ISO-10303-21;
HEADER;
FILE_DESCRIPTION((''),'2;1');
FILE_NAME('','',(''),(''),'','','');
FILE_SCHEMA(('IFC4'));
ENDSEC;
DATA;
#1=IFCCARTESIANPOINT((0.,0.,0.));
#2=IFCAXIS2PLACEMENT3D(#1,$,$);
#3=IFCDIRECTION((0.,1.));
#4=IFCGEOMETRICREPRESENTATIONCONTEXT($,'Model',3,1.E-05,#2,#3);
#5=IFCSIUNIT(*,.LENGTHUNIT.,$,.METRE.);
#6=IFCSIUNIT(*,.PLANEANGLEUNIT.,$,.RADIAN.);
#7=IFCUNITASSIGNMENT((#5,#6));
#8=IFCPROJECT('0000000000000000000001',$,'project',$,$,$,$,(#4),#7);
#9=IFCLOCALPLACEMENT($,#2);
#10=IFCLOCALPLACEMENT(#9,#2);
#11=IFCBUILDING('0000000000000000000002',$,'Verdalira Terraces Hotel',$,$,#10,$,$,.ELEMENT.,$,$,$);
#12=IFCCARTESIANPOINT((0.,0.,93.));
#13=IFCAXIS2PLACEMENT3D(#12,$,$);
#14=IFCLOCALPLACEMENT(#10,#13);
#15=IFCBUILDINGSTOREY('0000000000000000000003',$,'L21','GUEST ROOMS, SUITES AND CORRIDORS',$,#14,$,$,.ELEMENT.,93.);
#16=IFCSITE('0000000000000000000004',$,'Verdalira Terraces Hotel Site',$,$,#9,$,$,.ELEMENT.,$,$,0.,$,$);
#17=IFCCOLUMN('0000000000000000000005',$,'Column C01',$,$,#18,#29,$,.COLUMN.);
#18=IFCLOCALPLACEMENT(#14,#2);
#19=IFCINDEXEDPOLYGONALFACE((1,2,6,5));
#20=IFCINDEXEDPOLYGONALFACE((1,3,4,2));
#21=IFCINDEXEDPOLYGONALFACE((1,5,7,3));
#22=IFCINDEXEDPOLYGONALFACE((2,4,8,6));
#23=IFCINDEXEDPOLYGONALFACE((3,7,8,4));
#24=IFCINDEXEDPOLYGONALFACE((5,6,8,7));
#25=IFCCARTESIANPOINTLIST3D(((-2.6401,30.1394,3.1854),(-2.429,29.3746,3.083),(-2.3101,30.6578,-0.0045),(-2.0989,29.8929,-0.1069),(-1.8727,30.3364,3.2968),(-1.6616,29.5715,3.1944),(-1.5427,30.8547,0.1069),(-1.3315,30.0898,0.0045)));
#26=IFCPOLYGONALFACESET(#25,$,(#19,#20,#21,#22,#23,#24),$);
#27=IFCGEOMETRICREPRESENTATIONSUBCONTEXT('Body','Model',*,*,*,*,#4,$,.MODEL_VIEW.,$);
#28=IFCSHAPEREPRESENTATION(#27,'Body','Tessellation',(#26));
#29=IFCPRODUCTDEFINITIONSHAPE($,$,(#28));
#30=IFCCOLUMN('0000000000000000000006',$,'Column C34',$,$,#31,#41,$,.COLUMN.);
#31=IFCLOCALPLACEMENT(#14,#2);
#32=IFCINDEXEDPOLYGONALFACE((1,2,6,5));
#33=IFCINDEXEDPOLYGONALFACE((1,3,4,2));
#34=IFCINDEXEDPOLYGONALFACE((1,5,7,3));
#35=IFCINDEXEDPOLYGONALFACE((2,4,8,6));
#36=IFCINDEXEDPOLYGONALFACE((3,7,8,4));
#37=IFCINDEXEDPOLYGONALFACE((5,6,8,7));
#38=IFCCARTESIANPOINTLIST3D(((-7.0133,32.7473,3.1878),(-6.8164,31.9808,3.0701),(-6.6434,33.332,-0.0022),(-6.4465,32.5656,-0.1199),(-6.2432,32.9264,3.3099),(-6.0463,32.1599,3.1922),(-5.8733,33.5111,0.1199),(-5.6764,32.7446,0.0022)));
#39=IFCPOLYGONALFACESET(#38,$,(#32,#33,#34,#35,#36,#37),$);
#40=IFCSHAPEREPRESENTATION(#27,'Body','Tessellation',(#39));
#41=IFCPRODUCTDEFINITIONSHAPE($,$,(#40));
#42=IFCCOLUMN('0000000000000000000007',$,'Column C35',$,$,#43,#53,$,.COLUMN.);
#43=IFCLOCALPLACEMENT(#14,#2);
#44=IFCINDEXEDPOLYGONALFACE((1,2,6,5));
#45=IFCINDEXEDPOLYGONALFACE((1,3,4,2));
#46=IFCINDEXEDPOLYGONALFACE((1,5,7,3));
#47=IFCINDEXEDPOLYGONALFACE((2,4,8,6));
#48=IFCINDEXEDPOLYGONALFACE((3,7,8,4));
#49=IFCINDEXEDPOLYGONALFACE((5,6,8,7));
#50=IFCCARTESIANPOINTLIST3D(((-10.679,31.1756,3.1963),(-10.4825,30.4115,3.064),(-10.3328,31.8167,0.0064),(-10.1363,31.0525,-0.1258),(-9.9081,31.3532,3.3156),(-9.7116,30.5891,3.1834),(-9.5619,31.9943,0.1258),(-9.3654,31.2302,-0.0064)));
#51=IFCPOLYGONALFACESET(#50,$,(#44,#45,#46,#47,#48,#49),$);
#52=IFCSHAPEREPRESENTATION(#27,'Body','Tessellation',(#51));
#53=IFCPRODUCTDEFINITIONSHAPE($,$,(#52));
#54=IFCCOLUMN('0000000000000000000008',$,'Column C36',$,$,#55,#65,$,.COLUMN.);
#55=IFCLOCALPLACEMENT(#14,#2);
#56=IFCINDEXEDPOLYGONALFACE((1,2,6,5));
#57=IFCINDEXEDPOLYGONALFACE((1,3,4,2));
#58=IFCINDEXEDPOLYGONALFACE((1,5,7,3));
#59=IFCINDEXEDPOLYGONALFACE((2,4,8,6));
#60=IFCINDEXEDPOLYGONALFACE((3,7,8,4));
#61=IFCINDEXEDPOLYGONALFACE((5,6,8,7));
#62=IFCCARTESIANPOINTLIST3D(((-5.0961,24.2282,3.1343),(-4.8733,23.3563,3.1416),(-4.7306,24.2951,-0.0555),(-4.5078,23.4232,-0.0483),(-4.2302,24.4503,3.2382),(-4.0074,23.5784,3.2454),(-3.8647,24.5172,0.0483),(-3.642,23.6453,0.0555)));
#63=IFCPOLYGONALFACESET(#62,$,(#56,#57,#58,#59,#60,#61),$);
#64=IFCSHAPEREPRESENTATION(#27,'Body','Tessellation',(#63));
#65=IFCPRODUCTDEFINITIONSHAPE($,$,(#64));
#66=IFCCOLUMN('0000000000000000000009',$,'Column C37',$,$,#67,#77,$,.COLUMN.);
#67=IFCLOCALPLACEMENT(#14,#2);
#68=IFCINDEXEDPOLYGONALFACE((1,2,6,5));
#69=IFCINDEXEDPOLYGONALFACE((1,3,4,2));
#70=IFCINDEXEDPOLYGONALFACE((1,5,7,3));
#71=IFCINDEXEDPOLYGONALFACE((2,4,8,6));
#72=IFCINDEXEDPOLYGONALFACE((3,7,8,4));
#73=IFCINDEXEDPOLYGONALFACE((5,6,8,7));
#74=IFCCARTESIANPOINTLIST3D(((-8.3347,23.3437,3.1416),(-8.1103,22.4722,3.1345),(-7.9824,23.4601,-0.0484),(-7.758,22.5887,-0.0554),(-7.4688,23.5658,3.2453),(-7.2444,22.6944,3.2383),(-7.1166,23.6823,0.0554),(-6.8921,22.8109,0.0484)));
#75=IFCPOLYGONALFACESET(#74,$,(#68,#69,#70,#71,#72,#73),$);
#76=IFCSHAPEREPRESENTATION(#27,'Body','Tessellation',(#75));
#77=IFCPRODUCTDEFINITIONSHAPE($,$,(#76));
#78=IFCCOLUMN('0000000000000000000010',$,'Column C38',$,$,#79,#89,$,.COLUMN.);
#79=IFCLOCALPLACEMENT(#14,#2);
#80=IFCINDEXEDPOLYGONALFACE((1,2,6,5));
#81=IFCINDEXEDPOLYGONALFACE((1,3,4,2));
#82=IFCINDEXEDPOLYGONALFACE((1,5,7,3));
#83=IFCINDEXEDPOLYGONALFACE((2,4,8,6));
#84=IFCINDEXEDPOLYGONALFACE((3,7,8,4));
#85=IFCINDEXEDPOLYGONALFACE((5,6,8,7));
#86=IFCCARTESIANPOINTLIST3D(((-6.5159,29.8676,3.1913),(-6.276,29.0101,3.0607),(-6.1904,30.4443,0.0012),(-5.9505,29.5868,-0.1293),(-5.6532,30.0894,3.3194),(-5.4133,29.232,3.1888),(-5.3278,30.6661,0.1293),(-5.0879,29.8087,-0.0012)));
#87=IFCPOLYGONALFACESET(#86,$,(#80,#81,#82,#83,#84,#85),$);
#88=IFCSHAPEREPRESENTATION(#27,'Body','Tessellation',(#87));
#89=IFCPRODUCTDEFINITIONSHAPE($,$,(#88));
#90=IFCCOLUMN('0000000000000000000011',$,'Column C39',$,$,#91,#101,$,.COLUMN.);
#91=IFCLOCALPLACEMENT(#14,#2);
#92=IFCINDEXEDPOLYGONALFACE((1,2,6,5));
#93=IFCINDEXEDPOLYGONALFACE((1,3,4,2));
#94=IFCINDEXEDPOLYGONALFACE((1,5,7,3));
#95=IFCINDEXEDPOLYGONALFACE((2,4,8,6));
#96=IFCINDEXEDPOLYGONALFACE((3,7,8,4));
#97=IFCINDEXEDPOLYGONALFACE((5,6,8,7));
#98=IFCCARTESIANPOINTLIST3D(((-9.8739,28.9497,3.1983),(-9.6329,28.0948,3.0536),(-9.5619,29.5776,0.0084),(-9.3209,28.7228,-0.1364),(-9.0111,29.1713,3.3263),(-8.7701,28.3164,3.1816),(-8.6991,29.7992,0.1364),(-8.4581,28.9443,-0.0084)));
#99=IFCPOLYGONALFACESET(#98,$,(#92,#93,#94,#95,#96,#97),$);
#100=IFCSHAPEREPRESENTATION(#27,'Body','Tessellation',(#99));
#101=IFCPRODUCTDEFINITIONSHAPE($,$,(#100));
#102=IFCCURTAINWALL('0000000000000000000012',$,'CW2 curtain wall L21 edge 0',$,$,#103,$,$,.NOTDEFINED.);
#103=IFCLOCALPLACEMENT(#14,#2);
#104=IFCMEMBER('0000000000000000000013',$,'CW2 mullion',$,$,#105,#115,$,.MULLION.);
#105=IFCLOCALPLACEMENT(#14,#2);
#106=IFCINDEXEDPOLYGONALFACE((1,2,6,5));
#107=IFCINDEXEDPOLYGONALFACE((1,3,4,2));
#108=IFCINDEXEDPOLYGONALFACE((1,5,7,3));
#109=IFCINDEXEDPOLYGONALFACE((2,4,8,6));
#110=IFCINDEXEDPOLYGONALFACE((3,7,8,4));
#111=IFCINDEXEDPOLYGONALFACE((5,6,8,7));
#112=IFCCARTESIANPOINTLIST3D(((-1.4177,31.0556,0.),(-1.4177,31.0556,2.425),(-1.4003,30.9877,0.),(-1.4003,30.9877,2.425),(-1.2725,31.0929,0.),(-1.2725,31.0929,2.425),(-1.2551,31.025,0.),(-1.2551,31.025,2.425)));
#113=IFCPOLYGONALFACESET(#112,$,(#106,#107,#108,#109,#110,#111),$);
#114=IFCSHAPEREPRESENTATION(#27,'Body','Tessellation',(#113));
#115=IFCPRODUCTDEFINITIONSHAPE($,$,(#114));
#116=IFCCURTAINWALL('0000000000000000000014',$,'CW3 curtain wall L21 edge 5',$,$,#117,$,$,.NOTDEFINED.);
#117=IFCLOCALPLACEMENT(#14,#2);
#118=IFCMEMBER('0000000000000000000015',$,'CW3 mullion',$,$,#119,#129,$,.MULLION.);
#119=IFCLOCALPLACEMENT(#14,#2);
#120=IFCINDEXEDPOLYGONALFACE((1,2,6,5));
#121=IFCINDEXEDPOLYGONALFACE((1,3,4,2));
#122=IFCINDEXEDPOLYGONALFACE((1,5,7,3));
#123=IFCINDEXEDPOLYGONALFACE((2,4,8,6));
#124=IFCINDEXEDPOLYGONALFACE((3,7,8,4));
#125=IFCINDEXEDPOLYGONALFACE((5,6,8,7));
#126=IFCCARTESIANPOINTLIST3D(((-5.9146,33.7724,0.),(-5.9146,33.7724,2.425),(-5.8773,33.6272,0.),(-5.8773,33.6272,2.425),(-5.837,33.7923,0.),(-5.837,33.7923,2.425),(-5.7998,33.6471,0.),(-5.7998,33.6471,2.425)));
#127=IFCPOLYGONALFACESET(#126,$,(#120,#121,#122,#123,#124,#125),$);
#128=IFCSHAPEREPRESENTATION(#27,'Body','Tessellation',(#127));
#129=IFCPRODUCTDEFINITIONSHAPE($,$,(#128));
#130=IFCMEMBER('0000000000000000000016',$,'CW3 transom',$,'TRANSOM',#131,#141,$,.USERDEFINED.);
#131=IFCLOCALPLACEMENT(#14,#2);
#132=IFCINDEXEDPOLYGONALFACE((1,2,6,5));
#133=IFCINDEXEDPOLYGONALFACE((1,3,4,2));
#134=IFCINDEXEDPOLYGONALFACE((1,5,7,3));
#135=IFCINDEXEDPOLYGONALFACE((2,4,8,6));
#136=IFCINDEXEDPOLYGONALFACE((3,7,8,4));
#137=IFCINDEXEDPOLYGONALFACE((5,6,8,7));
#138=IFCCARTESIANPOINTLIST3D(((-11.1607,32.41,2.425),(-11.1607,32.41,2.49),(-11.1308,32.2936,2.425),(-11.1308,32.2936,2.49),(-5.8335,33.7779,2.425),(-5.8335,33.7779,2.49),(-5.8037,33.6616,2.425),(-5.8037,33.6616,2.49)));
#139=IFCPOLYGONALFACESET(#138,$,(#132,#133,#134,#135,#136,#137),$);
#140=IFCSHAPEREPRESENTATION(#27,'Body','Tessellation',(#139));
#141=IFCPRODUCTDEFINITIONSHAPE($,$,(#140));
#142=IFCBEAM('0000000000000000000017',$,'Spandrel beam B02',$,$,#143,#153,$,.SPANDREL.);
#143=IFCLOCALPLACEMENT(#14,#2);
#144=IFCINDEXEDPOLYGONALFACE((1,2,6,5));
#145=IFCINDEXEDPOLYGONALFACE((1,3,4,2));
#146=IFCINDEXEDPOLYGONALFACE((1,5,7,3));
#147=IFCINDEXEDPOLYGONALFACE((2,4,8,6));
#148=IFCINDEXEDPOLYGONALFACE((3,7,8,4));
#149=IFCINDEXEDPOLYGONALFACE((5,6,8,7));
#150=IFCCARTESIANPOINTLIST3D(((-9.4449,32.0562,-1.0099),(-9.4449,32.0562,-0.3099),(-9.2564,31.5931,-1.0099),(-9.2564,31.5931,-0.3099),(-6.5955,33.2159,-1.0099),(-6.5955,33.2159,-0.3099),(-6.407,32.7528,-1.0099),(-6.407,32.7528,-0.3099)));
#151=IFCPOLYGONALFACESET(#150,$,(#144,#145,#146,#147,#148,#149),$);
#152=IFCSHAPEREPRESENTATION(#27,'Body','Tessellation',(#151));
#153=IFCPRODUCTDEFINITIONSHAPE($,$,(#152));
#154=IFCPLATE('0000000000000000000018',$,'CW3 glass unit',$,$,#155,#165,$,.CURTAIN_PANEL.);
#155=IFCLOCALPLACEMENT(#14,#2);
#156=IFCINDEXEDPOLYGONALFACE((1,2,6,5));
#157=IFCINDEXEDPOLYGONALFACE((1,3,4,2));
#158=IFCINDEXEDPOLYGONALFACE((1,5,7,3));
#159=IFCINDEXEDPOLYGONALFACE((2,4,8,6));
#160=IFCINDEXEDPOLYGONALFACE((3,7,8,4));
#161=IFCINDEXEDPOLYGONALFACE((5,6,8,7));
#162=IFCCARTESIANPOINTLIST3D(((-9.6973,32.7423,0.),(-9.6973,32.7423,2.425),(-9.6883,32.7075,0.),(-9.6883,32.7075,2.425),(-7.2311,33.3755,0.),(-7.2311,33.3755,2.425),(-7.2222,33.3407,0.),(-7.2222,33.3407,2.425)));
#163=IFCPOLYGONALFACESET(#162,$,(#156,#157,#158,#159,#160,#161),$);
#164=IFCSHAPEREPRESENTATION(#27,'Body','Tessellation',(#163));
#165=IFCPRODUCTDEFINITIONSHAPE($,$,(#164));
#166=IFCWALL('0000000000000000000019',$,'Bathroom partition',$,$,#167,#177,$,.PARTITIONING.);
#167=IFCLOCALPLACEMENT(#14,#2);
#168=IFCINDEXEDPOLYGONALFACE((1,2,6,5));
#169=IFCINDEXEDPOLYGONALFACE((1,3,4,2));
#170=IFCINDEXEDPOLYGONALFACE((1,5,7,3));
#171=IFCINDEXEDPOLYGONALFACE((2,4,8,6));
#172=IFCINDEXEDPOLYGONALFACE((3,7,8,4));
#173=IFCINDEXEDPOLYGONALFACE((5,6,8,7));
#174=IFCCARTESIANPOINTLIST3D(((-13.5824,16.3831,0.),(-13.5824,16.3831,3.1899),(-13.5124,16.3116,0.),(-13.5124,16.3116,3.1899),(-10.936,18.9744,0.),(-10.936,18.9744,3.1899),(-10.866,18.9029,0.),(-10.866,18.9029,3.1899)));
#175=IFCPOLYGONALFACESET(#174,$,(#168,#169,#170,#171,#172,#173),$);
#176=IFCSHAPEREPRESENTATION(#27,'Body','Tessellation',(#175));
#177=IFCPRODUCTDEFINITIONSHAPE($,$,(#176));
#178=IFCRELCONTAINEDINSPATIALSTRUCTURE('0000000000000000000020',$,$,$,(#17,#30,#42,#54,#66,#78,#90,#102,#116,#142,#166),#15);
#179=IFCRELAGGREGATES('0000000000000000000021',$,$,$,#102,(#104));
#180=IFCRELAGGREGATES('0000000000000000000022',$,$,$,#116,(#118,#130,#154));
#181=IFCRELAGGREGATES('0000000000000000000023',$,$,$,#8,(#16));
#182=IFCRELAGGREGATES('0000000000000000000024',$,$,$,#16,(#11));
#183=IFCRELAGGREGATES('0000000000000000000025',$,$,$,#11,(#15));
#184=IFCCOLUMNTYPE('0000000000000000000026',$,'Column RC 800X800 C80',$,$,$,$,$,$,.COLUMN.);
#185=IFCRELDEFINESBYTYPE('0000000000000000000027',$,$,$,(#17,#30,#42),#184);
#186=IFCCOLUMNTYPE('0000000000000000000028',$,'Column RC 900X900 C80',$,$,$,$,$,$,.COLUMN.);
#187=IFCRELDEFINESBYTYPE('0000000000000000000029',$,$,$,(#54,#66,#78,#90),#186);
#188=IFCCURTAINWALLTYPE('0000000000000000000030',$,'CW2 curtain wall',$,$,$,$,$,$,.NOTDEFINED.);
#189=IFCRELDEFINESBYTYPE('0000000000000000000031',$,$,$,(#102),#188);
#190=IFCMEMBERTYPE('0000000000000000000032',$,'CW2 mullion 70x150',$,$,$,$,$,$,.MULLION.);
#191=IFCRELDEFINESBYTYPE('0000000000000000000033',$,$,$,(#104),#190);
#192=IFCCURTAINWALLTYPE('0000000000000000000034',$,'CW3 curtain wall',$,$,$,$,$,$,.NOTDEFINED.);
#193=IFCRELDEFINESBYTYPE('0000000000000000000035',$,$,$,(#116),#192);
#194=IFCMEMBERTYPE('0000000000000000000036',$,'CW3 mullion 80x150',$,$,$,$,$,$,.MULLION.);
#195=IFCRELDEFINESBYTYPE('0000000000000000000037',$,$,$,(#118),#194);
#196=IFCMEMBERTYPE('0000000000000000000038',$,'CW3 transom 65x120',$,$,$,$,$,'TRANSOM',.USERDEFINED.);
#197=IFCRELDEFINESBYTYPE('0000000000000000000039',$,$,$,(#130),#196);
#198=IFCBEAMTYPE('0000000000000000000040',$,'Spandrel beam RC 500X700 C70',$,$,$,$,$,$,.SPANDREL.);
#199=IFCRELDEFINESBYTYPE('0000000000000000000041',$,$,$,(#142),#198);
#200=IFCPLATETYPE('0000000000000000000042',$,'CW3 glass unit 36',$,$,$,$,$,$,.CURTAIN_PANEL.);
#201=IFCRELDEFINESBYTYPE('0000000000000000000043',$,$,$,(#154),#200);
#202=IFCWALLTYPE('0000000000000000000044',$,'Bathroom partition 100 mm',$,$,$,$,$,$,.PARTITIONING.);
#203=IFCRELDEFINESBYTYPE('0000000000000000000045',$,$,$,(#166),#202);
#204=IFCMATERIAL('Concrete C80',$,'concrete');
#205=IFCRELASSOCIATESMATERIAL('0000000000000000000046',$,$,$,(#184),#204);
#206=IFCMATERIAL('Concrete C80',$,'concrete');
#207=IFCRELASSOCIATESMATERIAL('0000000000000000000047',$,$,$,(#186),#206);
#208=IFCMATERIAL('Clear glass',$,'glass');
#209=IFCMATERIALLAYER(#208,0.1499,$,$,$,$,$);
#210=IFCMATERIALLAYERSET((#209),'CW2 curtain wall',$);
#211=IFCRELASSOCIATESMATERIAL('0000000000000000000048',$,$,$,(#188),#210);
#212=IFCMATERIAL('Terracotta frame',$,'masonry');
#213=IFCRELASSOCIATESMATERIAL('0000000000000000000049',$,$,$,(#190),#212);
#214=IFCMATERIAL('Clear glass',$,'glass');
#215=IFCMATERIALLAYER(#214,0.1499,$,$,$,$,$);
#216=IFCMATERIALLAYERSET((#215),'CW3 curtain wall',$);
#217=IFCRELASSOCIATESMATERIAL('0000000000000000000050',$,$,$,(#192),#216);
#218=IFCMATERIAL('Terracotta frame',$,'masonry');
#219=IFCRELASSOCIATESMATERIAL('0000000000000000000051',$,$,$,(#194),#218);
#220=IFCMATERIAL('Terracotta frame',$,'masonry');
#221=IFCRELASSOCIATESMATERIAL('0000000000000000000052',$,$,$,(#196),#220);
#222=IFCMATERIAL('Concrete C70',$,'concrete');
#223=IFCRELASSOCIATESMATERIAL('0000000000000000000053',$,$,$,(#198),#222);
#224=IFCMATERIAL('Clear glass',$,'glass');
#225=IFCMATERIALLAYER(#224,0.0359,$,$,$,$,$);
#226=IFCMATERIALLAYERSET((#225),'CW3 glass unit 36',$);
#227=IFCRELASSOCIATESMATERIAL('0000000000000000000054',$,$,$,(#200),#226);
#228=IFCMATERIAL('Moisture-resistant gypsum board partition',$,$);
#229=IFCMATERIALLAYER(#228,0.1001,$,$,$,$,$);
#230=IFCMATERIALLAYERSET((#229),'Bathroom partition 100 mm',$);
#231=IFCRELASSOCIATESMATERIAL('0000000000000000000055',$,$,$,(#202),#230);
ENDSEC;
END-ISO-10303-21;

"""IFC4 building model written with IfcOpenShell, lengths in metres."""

from ifc_helpers import new_model, si_unit, direction, frame, frame_2d, origin, origin_2d, place, context, subcontext, project, spatial, rectangle, extrude, material, layer, layer_set, material_profile, profile_set, type_object, element, aggregate, save


model = new_model("IFC4")

# Units and contexts
model_context = context("Model", 3, precision=1e-05, world=origin(), true_north=direction((0.0, 1.0)))
body_context = subcontext(model_context, "Body", "Model", "MODEL_VIEW")
ifc_project = project(units=[si_unit("LENGTHUNIT", "METRE"), si_unit("PLANEANGLEUNIT", "RADIAN")], contexts=[model_context])

# Site, building, storey
site_placement = place(None, origin())
site = spatial("IfcSite", under=ifc_project, at=site_placement, Name="Verdalira Terraces Hotel Site", CompositionType="ELEMENT", RefElevation=0.0)
building_placement = place(site_placement, origin())
building = spatial("IfcBuilding", under=site, at=building_placement, Name="Verdalira Terraces Hotel", CompositionType="ELEMENT")
storey_placement = place(building_placement, frame((0.0, 0.0, 93.0)))
storey = spatial("IfcBuildingStorey", under=building, at=storey_placement, Name="L21", Description="GUEST ROOMS, SUITES AND CORRIDORS", CompositionType="ELEMENT", Elevation=93.0)

# Columns
ifc_material_1 = material(Name="Concrete C80", Category="concrete")
ifc_material_profile_1 = material_profile(ifc_material_1, rectangle(XDim=0.8, YDim=0.8, at=origin_2d()), Name="RC 800X800")
ifc_profile_set_1 = profile_set([ifc_material_profile_1], Name="Concrete C80")
column_type_1 = type_object("IfcColumnType", Name="Column RC 800X800 C80", PredefinedType="COLUMN", material=ifc_profile_set_1)
column_1_placement = place(storey_placement, frame((-1.8208, 30.3738, 0.0), z_axis=(-0.101607, -0.159549, 0.981947), x_axis=(-0.2639, 0.956015, 0.128029)))
element("IfcColumn", 1, at=column_1_placement, inside=storey, type_object=column_type_1, Name="Column C01", PredefinedType="COLUMN", context=body_context, shape_type="SweptSolid", body=[
    extrude(rectangle(XDim=0.8, YDim=0.8, at=origin_2d()), origin(), (0.0, 0.0, 1.0), 3.2485),
])
column_2_placement = place(storey_placement, frame((-6.1599, 33.0383, 0.0), z_axis=(-0.113315, -0.179135, 0.977277), x_axis=(-0.962594, -0.223856, -0.152645)))
element("IfcColumn", 2, at=column_2_placement, inside=storey, type_object=column_type_1, Name="Column C34", PredefinedType="COLUMN", context=body_context, shape_type="SweptSolid", body=[
    extrude(rectangle(XDim=0.8, YDim=0.8, at=origin_2d()), origin(), (0.0, 0.0, 1.0), 3.2642),
])
column_3_placement = place(storey_placement, frame((-9.8491, 31.5234, 0.0), z_axis=(-0.105801, -0.195934, 0.974893), x_axis=(-0.963565, -0.222003, -0.14919)))
element("IfcColumn", 3, at=column_3_placement, inside=storey, type_object=column_type_1, Name="Column C35", PredefinedType="COLUMN", context=body_context, shape_type="SweptSolid", body=[
    extrude(rectangle(XDim=0.8, YDim=0.8, at=origin_2d()), origin(), (0.0, 0.0, 1.0), 3.272),
])
ifc_material_2 = material(Name="Concrete C80", Category="concrete")
ifc_material_profile_2 = material_profile(ifc_material_2, rectangle(XDim=0.8999, YDim=0.8999, at=origin_2d()), Name="RC 900X900")
ifc_profile_set_2 = profile_set([ifc_material_profile_2], Name="Concrete C80")
column_type_2 = type_object("IfcColumnType", Name="Column RC 900X900 C80", PredefinedType="COLUMN", material=ifc_profile_set_2)
for number, where, z_axis, x_axis, name in (
    (4, (-4.1863, 23.9702, 0.0), (-0.113803, -0.02083, 0.993285), (-0.247536, 0.968845, -0.008044), "Column C36"),
    (5, (-7.4373, 23.1355, 0.0), (-0.1097, -0.036262, 0.993303), (-0.249412, 0.968366, 0.007807), "Column C37"),
):
    element("IfcColumn", number, at=place(storey_placement, frame(where, z_axis=z_axis, x_axis=x_axis)), inside=storey, type_object=column_type_2, Name=name, PredefinedType="COLUMN", context=body_context, shape_type="SweptSolid", body=[
        extrude(rectangle(XDim=0.8999, YDim=0.8999, at=origin_2d()), origin(), (0.0, 0.0, 1.0), 3.2114),
    ])
column_4_placement = place(storey_placement, frame((-5.6392, 30.1265, 0.0), z_axis=(-0.099891, -0.177001, 0.979128), x_axis=(-0.266598, 0.952831, 0.145049)))
element("IfcColumn", 6, at=column_4_placement, inside=storey, type_object=column_type_2, Name="Column C38", PredefinedType="COLUMN", context=body_context, shape_type="SweptSolid", body=[
    extrude(rectangle(XDim=0.8999, YDim=0.8999, at=origin_2d()), origin(), (0.0, 0.0, 1.0), 3.2581),
])
column_5_placement = place(storey_placement, frame((-9.01, 29.261, 0.0), z_axis=(-0.095531, -0.192257, 0.976684), x_axis=(-0.267804, 0.94996, 0.160802)))
element("IfcColumn", 7, at=column_5_placement, inside=storey, type_object=column_type_2, Name="Column C39", PredefinedType="COLUMN", context=body_context, shape_type="SweptSolid", body=[
    extrude(rectangle(XDim=0.8999, YDim=0.8999, at=origin_2d()), origin(), (0.0, 0.0, 1.0), 3.2661),
])

# Curtain wall, member
ifc_material_3 = material(Name="Clear glass", Category="glass")
ifc_layer_1 = layer(ifc_material_3, 0.1499)
ifc_layer_set_1 = layer_set([ifc_layer_1], Name="CW2 curtain wall")
curtain_wall_type_1 = type_object("IfcCurtainWallType", Name="CW2 curtain wall", PredefinedType="NOTDEFINED", material=ifc_layer_set_1)
curtain_wall_1_placement = place(storey_placement, origin())
curtain_wall_1 = element("IfcCurtainWall", 8, at=curtain_wall_1_placement, inside=storey, type_object=curtain_wall_type_1, Name="CW2 curtain wall L21 edge 0", PredefinedType="NOTDEFINED")
ifc_material_4 = material(Name="Terracotta frame", Category="masonry")
ifc_material_profile_3 = material_profile(ifc_material_4, rectangle(XDim=0.0701, YDim=0.1499, at=origin_2d()), Name="MU 70x150")
ifc_profile_set_3 = profile_set([ifc_material_profile_3], Name="Terracotta frame")
member_type_1 = type_object("IfcMemberType", Name="CW2 mullion 70x150", PredefinedType="MULLION", material=ifc_profile_set_3)
member_1_placement = place(storey_placement, frame((-1.3364, 31.0403, 0.0), z_axis=(0.0, 0.0, 1.0), x_axis=(-0.24869, 0.968583, 0.0)))
member_1 = element("IfcMember", 9, at=member_1_placement, type_object=member_type_1, Name="CW2 mullion", PredefinedType="MULLION", context=body_context, shape_type="SweptSolid", body=[
    extrude(rectangle(XDim=0.0701, YDim=0.1499, at=origin_2d()), origin(), (0.0, 0.0, 1.0), 2.425),
])
aggregate(curtain_wall_1, [member_1])

# Curtain wall, members
ifc_material_5 = material(Name="Clear glass", Category="glass")
ifc_layer_2 = layer(ifc_material_5, 0.1499)
ifc_layer_set_2 = layer_set([ifc_layer_2], Name="CW3 curtain wall")
curtain_wall_type_2 = type_object("IfcCurtainWallType", Name="CW3 curtain wall", PredefinedType="NOTDEFINED", material=ifc_layer_set_2)
curtain_wall_2_placement = place(storey_placement, origin())
curtain_wall_2 = element("IfcCurtainWall", 10, at=curtain_wall_2_placement, inside=storey, type_object=curtain_wall_type_2, Name="CW3 curtain wall L21 edge 5", PredefinedType="NOTDEFINED")
ifc_material_6 = material(Name="Terracotta frame", Category="masonry")
ifc_material_profile_4 = material_profile(ifc_material_6, rectangle(XDim=0.0801, YDim=0.1499, at=origin_2d()), Name="MU 80x150")
ifc_profile_set_4 = profile_set([ifc_material_profile_4], Name="Terracotta frame")
member_type_2 = type_object("IfcMemberType", Name="CW3 mullion 80x150", PredefinedType="MULLION", material=ifc_profile_set_4)
member_2_placement = place(storey_placement, frame((-5.8572, 33.7097, 0.0), z_axis=(0.0, 0.0, 1.0), x_axis=(-0.968583, -0.24869, 0.0)))
member_2 = element("IfcMember", 11, at=member_2_placement, type_object=member_type_2, Name="CW3 mullion", PredefinedType="MULLION", context=body_context, shape_type="SweptSolid", body=[
    extrude(rectangle(XDim=0.0801, YDim=0.1499, at=origin_2d()), origin(), (0.0, 0.0, 1.0), 2.425),
])
ifc_material_7 = material(Name="Terracotta frame", Category="masonry")
ifc_material_profile_5 = material_profile(ifc_material_7, rectangle(XDim=0.1201, YDim=0.0649, at=origin_2d()), Name="TR 65x120")
ifc_profile_set_5 = profile_set([ifc_material_profile_5], Name="Terracotta frame")
member_type_3 = type_object("IfcMemberType", Name="CW3 transom 65x120", ElementType="TRANSOM", PredefinedType="USERDEFINED", material=ifc_profile_set_5)
member_3_placement = place(storey_placement, frame((-5.8186, 33.7197, 2.4575), z_axis=(-0.968577, -0.248714, 0.0), x_axis=(0.248714, -0.968577, 0.0)))
member_3 = element("IfcMember", 12, at=member_3_placement, type_object=member_type_3, Name="CW3 transom", ObjectType="TRANSOM", PredefinedType="USERDEFINED", context=body_context, shape_type="SweptSolid", body=[
    extrude(rectangle(XDim=0.1201, YDim=0.0649, at=origin_2d()), origin(), (0.0, 0.0, 1.0), 5.5),
])

# Beam
ifc_material_8 = material(Name="Concrete C70", Category="concrete")
ifc_material_profile_6 = material_profile(ifc_material_8, rectangle(XDim=0.5, YDim=0.7, at=origin_2d()), Name="RC 500X700")
ifc_profile_set_6 = profile_set([ifc_material_profile_6], Name="Concrete C70")
beam_type = type_object("IfcBeamType", Name="Spandrel beam RC 500X700 C70", PredefinedType="SPANDREL", material=ifc_profile_set_6)
beam_placement = place(storey_placement, frame((-6.5012, 32.9844, -0.6599), z_axis=(-0.926227, -0.376967, 0.0), x_axis=(0.376967, -0.926227, 0.0)))
element("IfcBeam", 13, at=beam_placement, inside=storey, type_object=beam_type, Name="Spandrel beam B02", PredefinedType="SPANDREL", context=body_context, shape_type="SweptSolid", body=[
    extrude(rectangle(XDim=0.5, YDim=0.7, at=origin_2d()), origin(), (0.0, 0.0, 1.0), 3.0764),
])

# Plate
ifc_material_9 = material(Name="Clear glass", Category="glass")
ifc_layer_3 = layer(ifc_material_9, 0.0359)
ifc_layer_set_3 = layer_set([ifc_layer_3], Name="CW3 glass unit 36")
plate_type = type_object("IfcPlateType", Name="CW3 glass unit 36", PredefinedType="CURTAIN_PANEL", material=ifc_layer_set_3)
plate_placement = place(storey_placement, frame((-8.4597, 33.0415, 0.0), z_axis=(0.0, 0.0, 1.0), x_axis=(-0.968583, -0.24869, 0.0)))
plate = element("IfcPlate", 14, at=plate_placement, type_object=plate_type, Name="CW3 glass unit", PredefinedType="CURTAIN_PANEL", context=body_context, shape_type="SweptSolid", body=[
    extrude(rectangle(XDim=2.5461, YDim=0.0359, at=origin_2d()), origin(), (0.0, 0.0, 1.0), 2.425),
])
aggregate(curtain_wall_2, [member_2, member_3, plate])

# Wall
ifc_material_10 = material(Name="Moisture-resistant gypsum board partition")
ifc_layer_4 = layer(ifc_material_10, 0.1001)
ifc_layer_set_4 = layer_set([ifc_layer_4], Name="Bathroom partition 100 mm")
wall_type_1 = type_object("IfcWallType", Name="Bathroom partition 100 mm", PredefinedType="PARTITIONING", material=ifc_layer_set_4)
wall_1_placement = place(storey_placement, frame((-10.9009, 18.9387, 0.0), z_axis=(0.0, 0.0, 1.0), x_axis=(-0.714516, -0.699619, 0.0)))
element("IfcWall", 15, at=wall_1_placement, inside=storey, type_object=wall_type_1, Name="Bathroom partition", PredefinedType="PARTITIONING", context=body_context, shape_type="SweptSolid", body=[
    extrude(rectangle(XDim=3.7039, YDim=0.1001, at=frame_2d((1.8521, 0.0))), origin(), (0.0, 0.0, 1.0), 3.1899),
])

save(model, "model.ifc")
